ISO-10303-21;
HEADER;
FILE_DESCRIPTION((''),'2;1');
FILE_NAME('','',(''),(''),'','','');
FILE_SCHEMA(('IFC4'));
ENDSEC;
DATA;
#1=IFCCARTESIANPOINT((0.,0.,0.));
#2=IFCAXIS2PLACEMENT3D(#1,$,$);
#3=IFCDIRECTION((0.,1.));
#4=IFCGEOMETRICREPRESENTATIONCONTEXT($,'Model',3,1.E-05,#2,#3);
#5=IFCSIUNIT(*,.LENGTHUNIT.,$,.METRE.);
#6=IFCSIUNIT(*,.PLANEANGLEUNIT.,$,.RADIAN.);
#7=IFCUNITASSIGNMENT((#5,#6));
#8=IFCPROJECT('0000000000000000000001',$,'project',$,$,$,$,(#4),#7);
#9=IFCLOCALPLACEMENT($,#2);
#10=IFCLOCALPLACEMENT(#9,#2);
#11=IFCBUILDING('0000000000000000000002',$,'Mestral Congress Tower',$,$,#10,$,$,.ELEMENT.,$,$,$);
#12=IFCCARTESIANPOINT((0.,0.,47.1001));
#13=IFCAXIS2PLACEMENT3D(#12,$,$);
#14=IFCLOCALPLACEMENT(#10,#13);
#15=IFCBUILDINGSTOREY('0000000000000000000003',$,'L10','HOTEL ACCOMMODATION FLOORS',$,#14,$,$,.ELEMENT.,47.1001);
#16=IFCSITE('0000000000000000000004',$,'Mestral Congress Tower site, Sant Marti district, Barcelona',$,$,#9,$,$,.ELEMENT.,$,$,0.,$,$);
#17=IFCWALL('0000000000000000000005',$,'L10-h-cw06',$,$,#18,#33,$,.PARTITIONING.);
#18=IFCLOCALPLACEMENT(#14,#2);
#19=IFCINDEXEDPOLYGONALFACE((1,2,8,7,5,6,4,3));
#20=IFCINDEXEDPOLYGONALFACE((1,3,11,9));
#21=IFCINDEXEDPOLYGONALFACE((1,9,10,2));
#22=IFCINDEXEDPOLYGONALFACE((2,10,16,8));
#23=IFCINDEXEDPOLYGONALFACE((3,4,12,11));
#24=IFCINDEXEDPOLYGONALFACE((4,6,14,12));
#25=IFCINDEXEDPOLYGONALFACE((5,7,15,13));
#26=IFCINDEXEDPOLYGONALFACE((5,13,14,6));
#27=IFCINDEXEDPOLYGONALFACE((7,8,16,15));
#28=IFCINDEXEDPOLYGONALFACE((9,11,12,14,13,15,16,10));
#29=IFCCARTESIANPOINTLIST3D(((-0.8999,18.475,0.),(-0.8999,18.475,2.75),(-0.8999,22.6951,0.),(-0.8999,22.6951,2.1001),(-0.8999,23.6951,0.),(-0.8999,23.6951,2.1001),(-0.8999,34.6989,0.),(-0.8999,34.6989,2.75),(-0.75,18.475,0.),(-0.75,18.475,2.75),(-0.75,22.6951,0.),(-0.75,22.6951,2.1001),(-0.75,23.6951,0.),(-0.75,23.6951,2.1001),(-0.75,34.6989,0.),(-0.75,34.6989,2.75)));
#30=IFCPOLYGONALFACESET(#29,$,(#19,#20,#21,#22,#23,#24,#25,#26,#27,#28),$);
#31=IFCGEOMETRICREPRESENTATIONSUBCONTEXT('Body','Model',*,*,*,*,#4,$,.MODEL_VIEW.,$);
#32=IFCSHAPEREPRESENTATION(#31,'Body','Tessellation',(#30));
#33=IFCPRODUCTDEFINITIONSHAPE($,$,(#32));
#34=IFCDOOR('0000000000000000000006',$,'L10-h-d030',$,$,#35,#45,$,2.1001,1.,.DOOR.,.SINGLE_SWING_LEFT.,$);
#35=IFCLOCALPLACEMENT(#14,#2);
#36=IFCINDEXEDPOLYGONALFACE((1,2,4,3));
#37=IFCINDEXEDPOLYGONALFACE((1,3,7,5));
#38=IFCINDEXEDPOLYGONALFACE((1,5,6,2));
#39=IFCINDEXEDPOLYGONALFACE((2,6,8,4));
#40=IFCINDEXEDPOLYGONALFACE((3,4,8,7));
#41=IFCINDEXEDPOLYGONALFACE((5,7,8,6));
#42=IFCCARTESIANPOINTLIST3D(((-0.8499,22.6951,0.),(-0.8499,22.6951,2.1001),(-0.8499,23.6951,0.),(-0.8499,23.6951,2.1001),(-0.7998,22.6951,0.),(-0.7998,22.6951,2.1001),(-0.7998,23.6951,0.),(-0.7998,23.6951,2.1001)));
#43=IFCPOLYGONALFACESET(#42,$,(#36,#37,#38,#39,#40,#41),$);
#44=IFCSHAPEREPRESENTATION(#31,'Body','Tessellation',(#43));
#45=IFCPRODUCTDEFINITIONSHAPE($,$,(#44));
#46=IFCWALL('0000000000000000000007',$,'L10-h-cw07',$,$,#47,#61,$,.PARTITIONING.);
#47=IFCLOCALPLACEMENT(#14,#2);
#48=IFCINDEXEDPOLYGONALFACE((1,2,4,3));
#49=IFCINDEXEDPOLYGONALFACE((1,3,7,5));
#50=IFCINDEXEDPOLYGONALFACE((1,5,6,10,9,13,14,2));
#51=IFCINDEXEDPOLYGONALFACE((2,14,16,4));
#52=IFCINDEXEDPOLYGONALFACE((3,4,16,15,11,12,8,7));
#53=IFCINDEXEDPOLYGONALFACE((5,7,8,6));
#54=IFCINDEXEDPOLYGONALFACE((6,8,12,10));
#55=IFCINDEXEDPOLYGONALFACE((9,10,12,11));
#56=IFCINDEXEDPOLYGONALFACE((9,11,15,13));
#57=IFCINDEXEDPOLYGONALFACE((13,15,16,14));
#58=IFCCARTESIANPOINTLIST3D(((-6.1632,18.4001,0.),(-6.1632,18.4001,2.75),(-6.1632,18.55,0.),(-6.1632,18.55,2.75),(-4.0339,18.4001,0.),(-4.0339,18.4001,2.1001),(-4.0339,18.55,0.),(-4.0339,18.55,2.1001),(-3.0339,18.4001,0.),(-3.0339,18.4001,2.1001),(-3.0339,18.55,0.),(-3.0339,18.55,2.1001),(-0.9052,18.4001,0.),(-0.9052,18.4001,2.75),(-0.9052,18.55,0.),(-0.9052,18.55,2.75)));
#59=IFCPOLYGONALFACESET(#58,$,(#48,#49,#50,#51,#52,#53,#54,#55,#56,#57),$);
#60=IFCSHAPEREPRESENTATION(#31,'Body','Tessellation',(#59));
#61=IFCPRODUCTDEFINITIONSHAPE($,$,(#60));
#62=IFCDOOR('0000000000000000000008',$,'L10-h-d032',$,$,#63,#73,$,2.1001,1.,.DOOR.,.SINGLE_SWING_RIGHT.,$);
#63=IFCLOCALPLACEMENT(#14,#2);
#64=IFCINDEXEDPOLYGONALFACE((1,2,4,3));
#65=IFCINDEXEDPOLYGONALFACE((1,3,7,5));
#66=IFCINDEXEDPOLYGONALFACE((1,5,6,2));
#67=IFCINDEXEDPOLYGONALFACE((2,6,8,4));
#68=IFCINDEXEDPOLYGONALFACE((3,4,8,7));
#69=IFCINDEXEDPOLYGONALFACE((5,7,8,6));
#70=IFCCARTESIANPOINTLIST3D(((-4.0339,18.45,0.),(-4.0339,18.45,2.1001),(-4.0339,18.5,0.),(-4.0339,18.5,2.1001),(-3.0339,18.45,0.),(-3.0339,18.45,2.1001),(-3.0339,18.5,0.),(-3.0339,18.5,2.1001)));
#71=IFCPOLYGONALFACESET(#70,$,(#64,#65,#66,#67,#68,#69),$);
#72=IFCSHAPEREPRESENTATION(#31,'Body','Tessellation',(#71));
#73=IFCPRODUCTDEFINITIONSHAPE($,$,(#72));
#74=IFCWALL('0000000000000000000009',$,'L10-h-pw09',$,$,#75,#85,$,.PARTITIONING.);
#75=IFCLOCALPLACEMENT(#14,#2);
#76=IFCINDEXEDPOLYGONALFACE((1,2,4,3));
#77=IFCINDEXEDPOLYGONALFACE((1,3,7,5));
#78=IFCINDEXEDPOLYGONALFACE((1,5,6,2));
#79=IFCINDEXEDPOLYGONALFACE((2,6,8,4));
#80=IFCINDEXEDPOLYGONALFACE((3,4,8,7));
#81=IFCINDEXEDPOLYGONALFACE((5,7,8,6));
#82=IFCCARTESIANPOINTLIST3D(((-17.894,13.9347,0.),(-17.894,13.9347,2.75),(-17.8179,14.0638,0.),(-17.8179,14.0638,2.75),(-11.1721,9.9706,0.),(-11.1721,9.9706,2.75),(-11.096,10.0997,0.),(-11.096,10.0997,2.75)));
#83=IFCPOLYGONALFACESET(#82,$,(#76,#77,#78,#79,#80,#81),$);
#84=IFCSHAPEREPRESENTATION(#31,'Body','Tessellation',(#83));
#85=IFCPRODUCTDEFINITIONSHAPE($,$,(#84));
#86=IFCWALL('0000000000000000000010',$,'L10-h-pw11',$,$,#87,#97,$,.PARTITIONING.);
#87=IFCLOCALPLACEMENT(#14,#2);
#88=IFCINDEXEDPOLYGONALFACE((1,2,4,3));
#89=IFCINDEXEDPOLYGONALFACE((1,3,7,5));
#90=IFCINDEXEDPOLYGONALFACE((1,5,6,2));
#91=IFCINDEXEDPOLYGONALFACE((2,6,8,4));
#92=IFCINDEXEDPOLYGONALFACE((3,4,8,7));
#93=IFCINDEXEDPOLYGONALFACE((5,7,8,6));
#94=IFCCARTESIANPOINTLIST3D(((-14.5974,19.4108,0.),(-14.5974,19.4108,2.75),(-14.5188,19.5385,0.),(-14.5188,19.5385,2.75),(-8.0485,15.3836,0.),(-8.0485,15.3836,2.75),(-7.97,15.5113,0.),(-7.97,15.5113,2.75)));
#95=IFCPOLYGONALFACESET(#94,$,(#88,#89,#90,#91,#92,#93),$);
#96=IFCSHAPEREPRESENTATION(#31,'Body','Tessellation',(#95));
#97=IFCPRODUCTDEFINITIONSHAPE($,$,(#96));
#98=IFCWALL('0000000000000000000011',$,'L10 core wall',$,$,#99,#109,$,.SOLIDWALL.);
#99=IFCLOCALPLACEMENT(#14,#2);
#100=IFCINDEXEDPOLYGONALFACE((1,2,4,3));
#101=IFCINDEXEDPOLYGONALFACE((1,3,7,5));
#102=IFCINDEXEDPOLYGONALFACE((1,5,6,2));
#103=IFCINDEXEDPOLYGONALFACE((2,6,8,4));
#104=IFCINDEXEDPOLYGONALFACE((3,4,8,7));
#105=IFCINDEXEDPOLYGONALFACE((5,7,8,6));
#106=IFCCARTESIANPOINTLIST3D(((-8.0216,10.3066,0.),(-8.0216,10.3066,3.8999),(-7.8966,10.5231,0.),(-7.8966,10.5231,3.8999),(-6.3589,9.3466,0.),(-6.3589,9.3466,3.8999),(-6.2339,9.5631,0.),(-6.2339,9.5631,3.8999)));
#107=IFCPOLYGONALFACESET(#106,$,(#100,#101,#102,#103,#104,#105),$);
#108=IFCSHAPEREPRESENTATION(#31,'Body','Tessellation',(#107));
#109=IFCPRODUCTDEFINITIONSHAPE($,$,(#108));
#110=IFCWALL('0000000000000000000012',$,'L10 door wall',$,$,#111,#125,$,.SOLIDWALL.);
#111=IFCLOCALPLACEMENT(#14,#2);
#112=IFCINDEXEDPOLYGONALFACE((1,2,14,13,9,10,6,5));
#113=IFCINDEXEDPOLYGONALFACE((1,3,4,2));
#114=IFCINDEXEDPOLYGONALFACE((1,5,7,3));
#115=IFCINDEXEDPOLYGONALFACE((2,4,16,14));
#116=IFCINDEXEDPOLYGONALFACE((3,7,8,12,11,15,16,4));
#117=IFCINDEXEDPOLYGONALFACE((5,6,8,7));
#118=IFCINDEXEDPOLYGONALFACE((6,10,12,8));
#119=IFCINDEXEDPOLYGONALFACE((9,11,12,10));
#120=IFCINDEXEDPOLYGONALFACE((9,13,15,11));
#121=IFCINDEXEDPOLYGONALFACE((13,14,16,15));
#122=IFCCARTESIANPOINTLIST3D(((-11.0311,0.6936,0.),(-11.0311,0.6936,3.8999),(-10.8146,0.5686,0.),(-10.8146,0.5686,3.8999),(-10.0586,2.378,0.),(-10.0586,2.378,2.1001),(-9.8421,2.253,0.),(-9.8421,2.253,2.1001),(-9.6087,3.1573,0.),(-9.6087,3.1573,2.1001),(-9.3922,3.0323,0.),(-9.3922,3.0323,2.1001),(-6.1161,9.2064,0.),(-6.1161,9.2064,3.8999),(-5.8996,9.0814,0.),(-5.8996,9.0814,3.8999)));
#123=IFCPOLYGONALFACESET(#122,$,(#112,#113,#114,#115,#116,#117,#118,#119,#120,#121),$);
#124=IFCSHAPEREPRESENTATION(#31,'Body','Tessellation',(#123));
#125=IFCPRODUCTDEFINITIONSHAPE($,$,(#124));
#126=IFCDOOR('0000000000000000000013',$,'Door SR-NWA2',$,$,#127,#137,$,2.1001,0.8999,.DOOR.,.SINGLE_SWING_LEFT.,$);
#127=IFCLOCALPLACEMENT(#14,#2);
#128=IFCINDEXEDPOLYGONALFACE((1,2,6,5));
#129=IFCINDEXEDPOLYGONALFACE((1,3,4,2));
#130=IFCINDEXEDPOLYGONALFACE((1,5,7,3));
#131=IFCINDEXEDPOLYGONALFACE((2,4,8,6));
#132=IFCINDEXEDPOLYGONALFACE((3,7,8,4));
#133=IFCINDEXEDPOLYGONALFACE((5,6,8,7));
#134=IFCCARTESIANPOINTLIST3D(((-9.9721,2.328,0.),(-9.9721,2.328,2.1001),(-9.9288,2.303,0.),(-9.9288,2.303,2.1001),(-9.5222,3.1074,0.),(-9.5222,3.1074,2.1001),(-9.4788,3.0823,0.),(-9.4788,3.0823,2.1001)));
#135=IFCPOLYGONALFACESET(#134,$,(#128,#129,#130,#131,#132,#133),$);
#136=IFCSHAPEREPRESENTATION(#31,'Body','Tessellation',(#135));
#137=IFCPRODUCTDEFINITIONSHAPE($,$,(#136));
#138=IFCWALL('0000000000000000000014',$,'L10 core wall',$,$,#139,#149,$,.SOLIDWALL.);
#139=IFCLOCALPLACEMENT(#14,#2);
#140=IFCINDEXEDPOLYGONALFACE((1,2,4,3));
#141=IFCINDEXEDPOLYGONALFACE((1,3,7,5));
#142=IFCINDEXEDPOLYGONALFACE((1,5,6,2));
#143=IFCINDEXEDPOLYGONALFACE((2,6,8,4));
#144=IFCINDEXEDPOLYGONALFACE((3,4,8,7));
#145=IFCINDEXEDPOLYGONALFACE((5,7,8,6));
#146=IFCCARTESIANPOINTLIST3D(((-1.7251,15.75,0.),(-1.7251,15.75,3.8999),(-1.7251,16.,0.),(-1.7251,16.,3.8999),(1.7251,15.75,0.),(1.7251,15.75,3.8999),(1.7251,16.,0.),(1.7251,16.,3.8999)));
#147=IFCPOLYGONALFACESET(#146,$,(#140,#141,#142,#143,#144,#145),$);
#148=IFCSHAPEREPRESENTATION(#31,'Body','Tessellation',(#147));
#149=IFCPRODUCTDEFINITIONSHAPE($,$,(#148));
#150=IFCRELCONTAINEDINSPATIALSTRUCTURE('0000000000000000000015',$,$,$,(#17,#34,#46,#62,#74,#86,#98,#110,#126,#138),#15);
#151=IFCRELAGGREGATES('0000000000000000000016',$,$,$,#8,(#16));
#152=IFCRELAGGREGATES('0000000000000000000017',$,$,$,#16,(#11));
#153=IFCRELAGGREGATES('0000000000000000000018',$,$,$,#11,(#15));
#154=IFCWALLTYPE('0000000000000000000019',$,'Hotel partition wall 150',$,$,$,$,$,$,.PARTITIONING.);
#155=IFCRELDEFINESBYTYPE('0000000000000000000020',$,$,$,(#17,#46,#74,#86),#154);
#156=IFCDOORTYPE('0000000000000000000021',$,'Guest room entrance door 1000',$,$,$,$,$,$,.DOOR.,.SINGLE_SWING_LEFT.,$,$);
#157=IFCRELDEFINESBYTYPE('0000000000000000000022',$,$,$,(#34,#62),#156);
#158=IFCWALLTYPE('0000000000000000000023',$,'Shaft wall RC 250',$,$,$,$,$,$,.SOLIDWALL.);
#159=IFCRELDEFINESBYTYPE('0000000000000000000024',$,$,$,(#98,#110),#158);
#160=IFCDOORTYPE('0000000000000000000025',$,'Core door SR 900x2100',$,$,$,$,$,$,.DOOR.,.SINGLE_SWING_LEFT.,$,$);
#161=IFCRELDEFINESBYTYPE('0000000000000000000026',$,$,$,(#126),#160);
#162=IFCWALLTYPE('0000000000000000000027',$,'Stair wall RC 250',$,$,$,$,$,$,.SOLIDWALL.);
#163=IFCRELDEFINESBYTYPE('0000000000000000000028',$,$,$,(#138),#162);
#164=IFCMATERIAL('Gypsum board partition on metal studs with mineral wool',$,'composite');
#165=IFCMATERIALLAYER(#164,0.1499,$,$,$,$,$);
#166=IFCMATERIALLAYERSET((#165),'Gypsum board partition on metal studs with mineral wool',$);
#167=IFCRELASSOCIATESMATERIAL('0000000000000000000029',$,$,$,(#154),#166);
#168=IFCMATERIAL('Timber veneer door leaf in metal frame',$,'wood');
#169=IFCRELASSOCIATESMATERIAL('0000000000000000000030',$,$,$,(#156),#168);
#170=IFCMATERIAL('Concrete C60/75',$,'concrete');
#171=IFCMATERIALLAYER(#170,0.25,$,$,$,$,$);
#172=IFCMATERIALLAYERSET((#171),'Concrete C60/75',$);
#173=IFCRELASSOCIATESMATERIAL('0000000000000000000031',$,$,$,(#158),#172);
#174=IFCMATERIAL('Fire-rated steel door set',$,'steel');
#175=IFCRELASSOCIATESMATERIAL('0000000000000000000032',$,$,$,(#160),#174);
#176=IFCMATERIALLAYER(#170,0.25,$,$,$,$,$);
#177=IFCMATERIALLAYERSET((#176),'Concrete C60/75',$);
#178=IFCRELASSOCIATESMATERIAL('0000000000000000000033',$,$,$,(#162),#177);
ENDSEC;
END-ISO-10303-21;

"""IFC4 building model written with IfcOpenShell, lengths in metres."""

from ifc_helpers import new_model, si_unit, direction, frame, frame_2d, origin, place, context, subcontext, project, spatial, rectangle, extrude, material, layer, layer_set, type_object, element, fill, save


model = new_model("IFC4")

# Units and contexts
model_context = context("Model", 3, precision=1e-05, world=origin(), true_north=direction((0.0, 1.0)))
body_context = subcontext(model_context, "Body", "Model", "MODEL_VIEW")
ifc_project = project(units=[si_unit("LENGTHUNIT", "METRE"), si_unit("PLANEANGLEUNIT", "RADIAN")], contexts=[model_context])

# Site, building, storey
site_placement = place(None, origin())
site = spatial("IfcSite", under=ifc_project, at=site_placement, Name="Mestral Congress Tower site, Sant Marti district, Barcelona", CompositionType="ELEMENT", RefElevation=0.0)
building_placement = place(site_placement, origin())
building = spatial("IfcBuilding", under=site, at=building_placement, Name="Mestral Congress Tower", CompositionType="ELEMENT")
storey_placement = place(building_placement, frame((0.0, 0.0, 47.1001)))
storey = spatial("IfcBuildingStorey", under=building, at=storey_placement, Name="L10", Description="HOTEL ACCOMMODATION FLOORS", CompositionType="ELEMENT", Elevation=47.1001)

# Shared definitions
ifc_material_1 = material(Name="Concrete C60/75", Category="concrete")

# Shared definitions
ifc_material_2 = material(Name="Gypsum board partition on metal studs with mineral wool", Category="composite")

# Walls, openings, doors
ifc_layer_1 = layer(ifc_material_2, 0.1499)
ifc_layer_set_1 = layer_set([ifc_layer_1], Name="Gypsum board partition on metal studs with mineral wool")
wall_type_1 = type_object("IfcWallType", Name="Hotel partition wall 150", PredefinedType="PARTITIONING", material=ifc_layer_set_1)
wall_1_placement = place(storey_placement, frame((-0.825, 18.4751, 0.0), z_axis=(0.0, 0.0, 1.0), x_axis=(0.0, 1.0, 0.0)))
wall_1 = element("IfcWall", 1, at=wall_1_placement, inside=storey, type_object=wall_type_1, Name="L10-h-cw06", PredefinedType="PARTITIONING", context=body_context, shape_type="SweptSolid", body=[
    extrude(rectangle(XDim=16.2239, YDim=0.1499, at=frame_2d((8.1118, 0.0))), origin(), (0.0, 0.0, 1.0), 2.75),
])
opening_1_placement = place(wall_1_placement, frame((4.22, 0.0, 0.0)))
opening_1 = element("IfcOpeningElement", 2, at=opening_1_placement, cuts=wall_1, PredefinedType="OPENING", context=body_context, shape_type="SweptSolid", body=[
    extrude(rectangle(XDim=1.0, YDim=2.1001, at=frame_2d((0.5, 1.05))), frame((0.0, 0.085, 0.0), z_axis=(0.0, -1.0, 0.0), x_axis=(1.0, 0.0, 0.0)), (0.0, 0.0, 1.0), 0.1699),
])
ifc_material_3 = material(Name="Timber veneer door leaf in metal frame", Category="wood")
door_type_1 = type_object("IfcDoorType", Name="Guest room entrance door 1000", OperationType="SINGLE_SWING_LEFT", PredefinedType="DOOR", material=ifc_material_3)
door_1_placement = place(opening_1_placement, origin())
door_1 = element("IfcDoor", 3, at=door_1_placement, inside=storey, type_object=door_type_1, Name="L10-h-d030", OperationType="SINGLE_SWING_LEFT", OverallHeight=2.1001, OverallWidth=1.0, PredefinedType="DOOR", context=body_context, shape_type="SweptSolid", body=[
    extrude(rectangle(XDim=1.0, YDim=2.1001, at=frame_2d((0.5, 1.05))), frame((0.0, 0.0249, 0.0), z_axis=(0.0, -1.0, 0.0), x_axis=(1.0, 0.0, 0.0)), (0.0, 0.0, 1.0), 0.05),
])
fill(opening_1, door_1)
wall_2_placement = place(storey_placement, frame((-6.1631, 18.4751, 0.0), z_axis=(0.0, 0.0, 1.0), x_axis=(1.0, 0.0, 0.0)))
wall_2 = element("IfcWall", 4, at=wall_2_placement, inside=storey, type_object=wall_type_1, Name="L10-h-cw07", PredefinedType="PARTITIONING", context=body_context, shape_type="SweptSolid", body=[
    extrude(rectangle(XDim=5.2581, YDim=0.1499, at=frame_2d((2.6289, 0.0))), origin(), (0.0, 0.0, 1.0), 2.75),
])
opening_2_placement = place(wall_2_placement, frame((2.1292, 0.0, 0.0)))
opening_2 = element("IfcOpeningElement", 5, at=opening_2_placement, cuts=wall_2, PredefinedType="OPENING", context=body_context, shape_type="SweptSolid", body=[
    extrude(rectangle(XDim=1.0, YDim=2.1001, at=frame_2d((0.5, 1.05))), frame((0.0, 0.085, 0.0), z_axis=(0.0, -1.0, 0.0), x_axis=(1.0, 0.0, 0.0)), (0.0, 0.0, 1.0), 0.1699),
])
door_2_placement = place(opening_2_placement, origin())
door_2 = element("IfcDoor", 6, at=door_2_placement, inside=storey, type_object=door_type_1, Name="L10-h-d032", OperationType="SINGLE_SWING_RIGHT", OverallHeight=2.1001, OverallWidth=1.0, PredefinedType="DOOR", context=body_context, shape_type="SweptSolid", body=[
    extrude(rectangle(XDim=1.0, YDim=2.1001, at=frame_2d((0.5, 1.05))), frame((0.0, 0.0249, 0.0), z_axis=(0.0, -1.0, 0.0), x_axis=(1.0, 0.0, 0.0)), (0.0, 0.0, 1.0), 0.05),
])
fill(opening_2, door_2)

# Walls
wall_3_placement = place(storey_placement, frame((-17.856, 13.9993, 0.0), z_axis=(0.0, 0.0, 1.0), x_axis=(0.861372, -0.507975, 0.0)))
element("IfcWall", 7, at=wall_3_placement, inside=storey, type_object=wall_type_1, Name="L10-h-pw09", PredefinedType="PARTITIONING", context=body_context, shape_type="SweptSolid", body=[
    extrude(rectangle(XDim=7.8037, YDim=0.1499, at=frame_2d((3.9019, 0.0))), origin(), (0.0, 0.0, 1.0), 2.75),
])
wall_4_placement = place(storey_placement, frame((-14.5581, 19.4746, 0.0), z_axis=(0.0, 0.0, 1.0), x_axis=(0.851829, -0.523819, 0.0)))
element("IfcWall", 8, at=wall_4_placement, inside=storey, type_object=wall_type_1, Name="L10-h-pw11", PredefinedType="PARTITIONING", context=body_context, shape_type="SweptSolid", body=[
    extrude(rectangle(XDim=7.688, YDim=0.1499, at=frame_2d((3.844, 0.0))), origin(), (0.0, 0.0, 1.0), 2.75),
])
ifc_layer_2 = layer(ifc_material_1, 0.25)
ifc_layer_set_2 = layer_set([ifc_layer_2], Name="Concrete C60/75")
wall_type_2 = type_object("IfcWallType", Name="Shaft wall RC 250", PredefinedType="SOLIDWALL", material=ifc_layer_set_2)
wall_5_placement = place(storey_placement, frame((-6.2964, 9.4548, 0.0), z_axis=(0.0, 0.0, 1.0), x_axis=(-0.866012, 0.500023, 0.0)))
element("IfcWall", 9, at=wall_5_placement, inside=storey, type_object=wall_type_2, Name="L10 core wall", PredefinedType="SOLIDWALL", context=body_context, shape_type="SweptSolid", body=[
    extrude(rectangle(XDim=1.9199, YDim=0.25, at=frame_2d((0.96, 0.0))), origin(), (0.0, 0.0, 1.0), 3.8999),
])

# Wall, opening, door
wall_6_placement = place(storey_placement, frame((-6.0078, 9.144, 0.0), z_axis=(0.0, 0.0, 1.0), x_axis=(-0.500007, -0.866021, 0.0)))
wall_6 = element("IfcWall", 10, at=wall_6_placement, inside=storey, type_object=wall_type_2, Name="L10 door wall", PredefinedType="SOLIDWALL", context=body_context, shape_type="SweptSolid", body=[
    extrude(rectangle(XDim=9.8298, YDim=0.25, at=frame_2d((4.915, 0.0))), origin(), (0.0, 0.0, 1.0), 3.8999),
])
opening_3_placement = place(wall_6_placement, frame((6.9851, 0.0, 0.0)))
opening_3 = element("IfcOpeningElement", 11, at=opening_3_placement, cuts=wall_6, PredefinedType="OPENING", context=body_context, shape_type="SweptSolid", body=[
    extrude(rectangle(XDim=0.8999, YDim=2.1001, at=frame_2d((0.45, 1.05))), frame((0.0, 0.135, 0.0), z_axis=(0.0, -1.0, 0.0), x_axis=(1.0, 0.0, 0.0)), (0.0, 0.0, 1.0), 0.27),
])
ifc_material_4 = material(Name="Fire-rated steel door set", Category="steel")
door_type_2 = type_object("IfcDoorType", Name="Core door SR 900x2100", OperationType="SINGLE_SWING_LEFT", PredefinedType="DOOR", material=ifc_material_4)
door_3_placement = place(opening_3_placement, origin())
door_3 = element("IfcDoor", 12, at=door_3_placement, inside=storey, type_object=door_type_2, Name="Door SR-NWA2", OperationType="SINGLE_SWING_LEFT", OverallHeight=2.1001, OverallWidth=0.8999, PredefinedType="DOOR", context=body_context, shape_type="SweptSolid", body=[
    extrude(rectangle(XDim=0.8999, YDim=2.1001, at=frame_2d((0.45, 1.05))), frame((0.0, 0.0249, 0.0), z_axis=(0.0, -1.0, 0.0), x_axis=(1.0, 0.0, 0.0)), (0.0, 0.0, 1.0), 0.05),
])
fill(opening_3, door_3)

# Wall
ifc_layer_3 = layer(ifc_material_1, 0.25)
ifc_layer_set_3 = layer_set([ifc_layer_3], Name="Concrete C60/75")
wall_type_3 = type_object("IfcWallType", Name="Stair wall RC 250", PredefinedType="SOLIDWALL", material=ifc_layer_set_3)
wall_7_placement = place(storey_placement, frame((-1.7251, 15.875, 0.0), z_axis=(0.0, 0.0, 1.0), x_axis=(1.0, 0.0, 0.0)))
element("IfcWall", 13, at=wall_7_placement, inside=storey, type_object=wall_type_3, Name="L10 core wall", PredefinedType="SOLIDWALL", context=body_context, shape_type="SweptSolid", body=[
    extrude(rectangle(XDim=3.4502, YDim=0.25, at=frame_2d((1.7251, 0.0))), origin(), (0.0, 0.0, 1.0), 3.8999),
])

save(model, "model.ifc")
